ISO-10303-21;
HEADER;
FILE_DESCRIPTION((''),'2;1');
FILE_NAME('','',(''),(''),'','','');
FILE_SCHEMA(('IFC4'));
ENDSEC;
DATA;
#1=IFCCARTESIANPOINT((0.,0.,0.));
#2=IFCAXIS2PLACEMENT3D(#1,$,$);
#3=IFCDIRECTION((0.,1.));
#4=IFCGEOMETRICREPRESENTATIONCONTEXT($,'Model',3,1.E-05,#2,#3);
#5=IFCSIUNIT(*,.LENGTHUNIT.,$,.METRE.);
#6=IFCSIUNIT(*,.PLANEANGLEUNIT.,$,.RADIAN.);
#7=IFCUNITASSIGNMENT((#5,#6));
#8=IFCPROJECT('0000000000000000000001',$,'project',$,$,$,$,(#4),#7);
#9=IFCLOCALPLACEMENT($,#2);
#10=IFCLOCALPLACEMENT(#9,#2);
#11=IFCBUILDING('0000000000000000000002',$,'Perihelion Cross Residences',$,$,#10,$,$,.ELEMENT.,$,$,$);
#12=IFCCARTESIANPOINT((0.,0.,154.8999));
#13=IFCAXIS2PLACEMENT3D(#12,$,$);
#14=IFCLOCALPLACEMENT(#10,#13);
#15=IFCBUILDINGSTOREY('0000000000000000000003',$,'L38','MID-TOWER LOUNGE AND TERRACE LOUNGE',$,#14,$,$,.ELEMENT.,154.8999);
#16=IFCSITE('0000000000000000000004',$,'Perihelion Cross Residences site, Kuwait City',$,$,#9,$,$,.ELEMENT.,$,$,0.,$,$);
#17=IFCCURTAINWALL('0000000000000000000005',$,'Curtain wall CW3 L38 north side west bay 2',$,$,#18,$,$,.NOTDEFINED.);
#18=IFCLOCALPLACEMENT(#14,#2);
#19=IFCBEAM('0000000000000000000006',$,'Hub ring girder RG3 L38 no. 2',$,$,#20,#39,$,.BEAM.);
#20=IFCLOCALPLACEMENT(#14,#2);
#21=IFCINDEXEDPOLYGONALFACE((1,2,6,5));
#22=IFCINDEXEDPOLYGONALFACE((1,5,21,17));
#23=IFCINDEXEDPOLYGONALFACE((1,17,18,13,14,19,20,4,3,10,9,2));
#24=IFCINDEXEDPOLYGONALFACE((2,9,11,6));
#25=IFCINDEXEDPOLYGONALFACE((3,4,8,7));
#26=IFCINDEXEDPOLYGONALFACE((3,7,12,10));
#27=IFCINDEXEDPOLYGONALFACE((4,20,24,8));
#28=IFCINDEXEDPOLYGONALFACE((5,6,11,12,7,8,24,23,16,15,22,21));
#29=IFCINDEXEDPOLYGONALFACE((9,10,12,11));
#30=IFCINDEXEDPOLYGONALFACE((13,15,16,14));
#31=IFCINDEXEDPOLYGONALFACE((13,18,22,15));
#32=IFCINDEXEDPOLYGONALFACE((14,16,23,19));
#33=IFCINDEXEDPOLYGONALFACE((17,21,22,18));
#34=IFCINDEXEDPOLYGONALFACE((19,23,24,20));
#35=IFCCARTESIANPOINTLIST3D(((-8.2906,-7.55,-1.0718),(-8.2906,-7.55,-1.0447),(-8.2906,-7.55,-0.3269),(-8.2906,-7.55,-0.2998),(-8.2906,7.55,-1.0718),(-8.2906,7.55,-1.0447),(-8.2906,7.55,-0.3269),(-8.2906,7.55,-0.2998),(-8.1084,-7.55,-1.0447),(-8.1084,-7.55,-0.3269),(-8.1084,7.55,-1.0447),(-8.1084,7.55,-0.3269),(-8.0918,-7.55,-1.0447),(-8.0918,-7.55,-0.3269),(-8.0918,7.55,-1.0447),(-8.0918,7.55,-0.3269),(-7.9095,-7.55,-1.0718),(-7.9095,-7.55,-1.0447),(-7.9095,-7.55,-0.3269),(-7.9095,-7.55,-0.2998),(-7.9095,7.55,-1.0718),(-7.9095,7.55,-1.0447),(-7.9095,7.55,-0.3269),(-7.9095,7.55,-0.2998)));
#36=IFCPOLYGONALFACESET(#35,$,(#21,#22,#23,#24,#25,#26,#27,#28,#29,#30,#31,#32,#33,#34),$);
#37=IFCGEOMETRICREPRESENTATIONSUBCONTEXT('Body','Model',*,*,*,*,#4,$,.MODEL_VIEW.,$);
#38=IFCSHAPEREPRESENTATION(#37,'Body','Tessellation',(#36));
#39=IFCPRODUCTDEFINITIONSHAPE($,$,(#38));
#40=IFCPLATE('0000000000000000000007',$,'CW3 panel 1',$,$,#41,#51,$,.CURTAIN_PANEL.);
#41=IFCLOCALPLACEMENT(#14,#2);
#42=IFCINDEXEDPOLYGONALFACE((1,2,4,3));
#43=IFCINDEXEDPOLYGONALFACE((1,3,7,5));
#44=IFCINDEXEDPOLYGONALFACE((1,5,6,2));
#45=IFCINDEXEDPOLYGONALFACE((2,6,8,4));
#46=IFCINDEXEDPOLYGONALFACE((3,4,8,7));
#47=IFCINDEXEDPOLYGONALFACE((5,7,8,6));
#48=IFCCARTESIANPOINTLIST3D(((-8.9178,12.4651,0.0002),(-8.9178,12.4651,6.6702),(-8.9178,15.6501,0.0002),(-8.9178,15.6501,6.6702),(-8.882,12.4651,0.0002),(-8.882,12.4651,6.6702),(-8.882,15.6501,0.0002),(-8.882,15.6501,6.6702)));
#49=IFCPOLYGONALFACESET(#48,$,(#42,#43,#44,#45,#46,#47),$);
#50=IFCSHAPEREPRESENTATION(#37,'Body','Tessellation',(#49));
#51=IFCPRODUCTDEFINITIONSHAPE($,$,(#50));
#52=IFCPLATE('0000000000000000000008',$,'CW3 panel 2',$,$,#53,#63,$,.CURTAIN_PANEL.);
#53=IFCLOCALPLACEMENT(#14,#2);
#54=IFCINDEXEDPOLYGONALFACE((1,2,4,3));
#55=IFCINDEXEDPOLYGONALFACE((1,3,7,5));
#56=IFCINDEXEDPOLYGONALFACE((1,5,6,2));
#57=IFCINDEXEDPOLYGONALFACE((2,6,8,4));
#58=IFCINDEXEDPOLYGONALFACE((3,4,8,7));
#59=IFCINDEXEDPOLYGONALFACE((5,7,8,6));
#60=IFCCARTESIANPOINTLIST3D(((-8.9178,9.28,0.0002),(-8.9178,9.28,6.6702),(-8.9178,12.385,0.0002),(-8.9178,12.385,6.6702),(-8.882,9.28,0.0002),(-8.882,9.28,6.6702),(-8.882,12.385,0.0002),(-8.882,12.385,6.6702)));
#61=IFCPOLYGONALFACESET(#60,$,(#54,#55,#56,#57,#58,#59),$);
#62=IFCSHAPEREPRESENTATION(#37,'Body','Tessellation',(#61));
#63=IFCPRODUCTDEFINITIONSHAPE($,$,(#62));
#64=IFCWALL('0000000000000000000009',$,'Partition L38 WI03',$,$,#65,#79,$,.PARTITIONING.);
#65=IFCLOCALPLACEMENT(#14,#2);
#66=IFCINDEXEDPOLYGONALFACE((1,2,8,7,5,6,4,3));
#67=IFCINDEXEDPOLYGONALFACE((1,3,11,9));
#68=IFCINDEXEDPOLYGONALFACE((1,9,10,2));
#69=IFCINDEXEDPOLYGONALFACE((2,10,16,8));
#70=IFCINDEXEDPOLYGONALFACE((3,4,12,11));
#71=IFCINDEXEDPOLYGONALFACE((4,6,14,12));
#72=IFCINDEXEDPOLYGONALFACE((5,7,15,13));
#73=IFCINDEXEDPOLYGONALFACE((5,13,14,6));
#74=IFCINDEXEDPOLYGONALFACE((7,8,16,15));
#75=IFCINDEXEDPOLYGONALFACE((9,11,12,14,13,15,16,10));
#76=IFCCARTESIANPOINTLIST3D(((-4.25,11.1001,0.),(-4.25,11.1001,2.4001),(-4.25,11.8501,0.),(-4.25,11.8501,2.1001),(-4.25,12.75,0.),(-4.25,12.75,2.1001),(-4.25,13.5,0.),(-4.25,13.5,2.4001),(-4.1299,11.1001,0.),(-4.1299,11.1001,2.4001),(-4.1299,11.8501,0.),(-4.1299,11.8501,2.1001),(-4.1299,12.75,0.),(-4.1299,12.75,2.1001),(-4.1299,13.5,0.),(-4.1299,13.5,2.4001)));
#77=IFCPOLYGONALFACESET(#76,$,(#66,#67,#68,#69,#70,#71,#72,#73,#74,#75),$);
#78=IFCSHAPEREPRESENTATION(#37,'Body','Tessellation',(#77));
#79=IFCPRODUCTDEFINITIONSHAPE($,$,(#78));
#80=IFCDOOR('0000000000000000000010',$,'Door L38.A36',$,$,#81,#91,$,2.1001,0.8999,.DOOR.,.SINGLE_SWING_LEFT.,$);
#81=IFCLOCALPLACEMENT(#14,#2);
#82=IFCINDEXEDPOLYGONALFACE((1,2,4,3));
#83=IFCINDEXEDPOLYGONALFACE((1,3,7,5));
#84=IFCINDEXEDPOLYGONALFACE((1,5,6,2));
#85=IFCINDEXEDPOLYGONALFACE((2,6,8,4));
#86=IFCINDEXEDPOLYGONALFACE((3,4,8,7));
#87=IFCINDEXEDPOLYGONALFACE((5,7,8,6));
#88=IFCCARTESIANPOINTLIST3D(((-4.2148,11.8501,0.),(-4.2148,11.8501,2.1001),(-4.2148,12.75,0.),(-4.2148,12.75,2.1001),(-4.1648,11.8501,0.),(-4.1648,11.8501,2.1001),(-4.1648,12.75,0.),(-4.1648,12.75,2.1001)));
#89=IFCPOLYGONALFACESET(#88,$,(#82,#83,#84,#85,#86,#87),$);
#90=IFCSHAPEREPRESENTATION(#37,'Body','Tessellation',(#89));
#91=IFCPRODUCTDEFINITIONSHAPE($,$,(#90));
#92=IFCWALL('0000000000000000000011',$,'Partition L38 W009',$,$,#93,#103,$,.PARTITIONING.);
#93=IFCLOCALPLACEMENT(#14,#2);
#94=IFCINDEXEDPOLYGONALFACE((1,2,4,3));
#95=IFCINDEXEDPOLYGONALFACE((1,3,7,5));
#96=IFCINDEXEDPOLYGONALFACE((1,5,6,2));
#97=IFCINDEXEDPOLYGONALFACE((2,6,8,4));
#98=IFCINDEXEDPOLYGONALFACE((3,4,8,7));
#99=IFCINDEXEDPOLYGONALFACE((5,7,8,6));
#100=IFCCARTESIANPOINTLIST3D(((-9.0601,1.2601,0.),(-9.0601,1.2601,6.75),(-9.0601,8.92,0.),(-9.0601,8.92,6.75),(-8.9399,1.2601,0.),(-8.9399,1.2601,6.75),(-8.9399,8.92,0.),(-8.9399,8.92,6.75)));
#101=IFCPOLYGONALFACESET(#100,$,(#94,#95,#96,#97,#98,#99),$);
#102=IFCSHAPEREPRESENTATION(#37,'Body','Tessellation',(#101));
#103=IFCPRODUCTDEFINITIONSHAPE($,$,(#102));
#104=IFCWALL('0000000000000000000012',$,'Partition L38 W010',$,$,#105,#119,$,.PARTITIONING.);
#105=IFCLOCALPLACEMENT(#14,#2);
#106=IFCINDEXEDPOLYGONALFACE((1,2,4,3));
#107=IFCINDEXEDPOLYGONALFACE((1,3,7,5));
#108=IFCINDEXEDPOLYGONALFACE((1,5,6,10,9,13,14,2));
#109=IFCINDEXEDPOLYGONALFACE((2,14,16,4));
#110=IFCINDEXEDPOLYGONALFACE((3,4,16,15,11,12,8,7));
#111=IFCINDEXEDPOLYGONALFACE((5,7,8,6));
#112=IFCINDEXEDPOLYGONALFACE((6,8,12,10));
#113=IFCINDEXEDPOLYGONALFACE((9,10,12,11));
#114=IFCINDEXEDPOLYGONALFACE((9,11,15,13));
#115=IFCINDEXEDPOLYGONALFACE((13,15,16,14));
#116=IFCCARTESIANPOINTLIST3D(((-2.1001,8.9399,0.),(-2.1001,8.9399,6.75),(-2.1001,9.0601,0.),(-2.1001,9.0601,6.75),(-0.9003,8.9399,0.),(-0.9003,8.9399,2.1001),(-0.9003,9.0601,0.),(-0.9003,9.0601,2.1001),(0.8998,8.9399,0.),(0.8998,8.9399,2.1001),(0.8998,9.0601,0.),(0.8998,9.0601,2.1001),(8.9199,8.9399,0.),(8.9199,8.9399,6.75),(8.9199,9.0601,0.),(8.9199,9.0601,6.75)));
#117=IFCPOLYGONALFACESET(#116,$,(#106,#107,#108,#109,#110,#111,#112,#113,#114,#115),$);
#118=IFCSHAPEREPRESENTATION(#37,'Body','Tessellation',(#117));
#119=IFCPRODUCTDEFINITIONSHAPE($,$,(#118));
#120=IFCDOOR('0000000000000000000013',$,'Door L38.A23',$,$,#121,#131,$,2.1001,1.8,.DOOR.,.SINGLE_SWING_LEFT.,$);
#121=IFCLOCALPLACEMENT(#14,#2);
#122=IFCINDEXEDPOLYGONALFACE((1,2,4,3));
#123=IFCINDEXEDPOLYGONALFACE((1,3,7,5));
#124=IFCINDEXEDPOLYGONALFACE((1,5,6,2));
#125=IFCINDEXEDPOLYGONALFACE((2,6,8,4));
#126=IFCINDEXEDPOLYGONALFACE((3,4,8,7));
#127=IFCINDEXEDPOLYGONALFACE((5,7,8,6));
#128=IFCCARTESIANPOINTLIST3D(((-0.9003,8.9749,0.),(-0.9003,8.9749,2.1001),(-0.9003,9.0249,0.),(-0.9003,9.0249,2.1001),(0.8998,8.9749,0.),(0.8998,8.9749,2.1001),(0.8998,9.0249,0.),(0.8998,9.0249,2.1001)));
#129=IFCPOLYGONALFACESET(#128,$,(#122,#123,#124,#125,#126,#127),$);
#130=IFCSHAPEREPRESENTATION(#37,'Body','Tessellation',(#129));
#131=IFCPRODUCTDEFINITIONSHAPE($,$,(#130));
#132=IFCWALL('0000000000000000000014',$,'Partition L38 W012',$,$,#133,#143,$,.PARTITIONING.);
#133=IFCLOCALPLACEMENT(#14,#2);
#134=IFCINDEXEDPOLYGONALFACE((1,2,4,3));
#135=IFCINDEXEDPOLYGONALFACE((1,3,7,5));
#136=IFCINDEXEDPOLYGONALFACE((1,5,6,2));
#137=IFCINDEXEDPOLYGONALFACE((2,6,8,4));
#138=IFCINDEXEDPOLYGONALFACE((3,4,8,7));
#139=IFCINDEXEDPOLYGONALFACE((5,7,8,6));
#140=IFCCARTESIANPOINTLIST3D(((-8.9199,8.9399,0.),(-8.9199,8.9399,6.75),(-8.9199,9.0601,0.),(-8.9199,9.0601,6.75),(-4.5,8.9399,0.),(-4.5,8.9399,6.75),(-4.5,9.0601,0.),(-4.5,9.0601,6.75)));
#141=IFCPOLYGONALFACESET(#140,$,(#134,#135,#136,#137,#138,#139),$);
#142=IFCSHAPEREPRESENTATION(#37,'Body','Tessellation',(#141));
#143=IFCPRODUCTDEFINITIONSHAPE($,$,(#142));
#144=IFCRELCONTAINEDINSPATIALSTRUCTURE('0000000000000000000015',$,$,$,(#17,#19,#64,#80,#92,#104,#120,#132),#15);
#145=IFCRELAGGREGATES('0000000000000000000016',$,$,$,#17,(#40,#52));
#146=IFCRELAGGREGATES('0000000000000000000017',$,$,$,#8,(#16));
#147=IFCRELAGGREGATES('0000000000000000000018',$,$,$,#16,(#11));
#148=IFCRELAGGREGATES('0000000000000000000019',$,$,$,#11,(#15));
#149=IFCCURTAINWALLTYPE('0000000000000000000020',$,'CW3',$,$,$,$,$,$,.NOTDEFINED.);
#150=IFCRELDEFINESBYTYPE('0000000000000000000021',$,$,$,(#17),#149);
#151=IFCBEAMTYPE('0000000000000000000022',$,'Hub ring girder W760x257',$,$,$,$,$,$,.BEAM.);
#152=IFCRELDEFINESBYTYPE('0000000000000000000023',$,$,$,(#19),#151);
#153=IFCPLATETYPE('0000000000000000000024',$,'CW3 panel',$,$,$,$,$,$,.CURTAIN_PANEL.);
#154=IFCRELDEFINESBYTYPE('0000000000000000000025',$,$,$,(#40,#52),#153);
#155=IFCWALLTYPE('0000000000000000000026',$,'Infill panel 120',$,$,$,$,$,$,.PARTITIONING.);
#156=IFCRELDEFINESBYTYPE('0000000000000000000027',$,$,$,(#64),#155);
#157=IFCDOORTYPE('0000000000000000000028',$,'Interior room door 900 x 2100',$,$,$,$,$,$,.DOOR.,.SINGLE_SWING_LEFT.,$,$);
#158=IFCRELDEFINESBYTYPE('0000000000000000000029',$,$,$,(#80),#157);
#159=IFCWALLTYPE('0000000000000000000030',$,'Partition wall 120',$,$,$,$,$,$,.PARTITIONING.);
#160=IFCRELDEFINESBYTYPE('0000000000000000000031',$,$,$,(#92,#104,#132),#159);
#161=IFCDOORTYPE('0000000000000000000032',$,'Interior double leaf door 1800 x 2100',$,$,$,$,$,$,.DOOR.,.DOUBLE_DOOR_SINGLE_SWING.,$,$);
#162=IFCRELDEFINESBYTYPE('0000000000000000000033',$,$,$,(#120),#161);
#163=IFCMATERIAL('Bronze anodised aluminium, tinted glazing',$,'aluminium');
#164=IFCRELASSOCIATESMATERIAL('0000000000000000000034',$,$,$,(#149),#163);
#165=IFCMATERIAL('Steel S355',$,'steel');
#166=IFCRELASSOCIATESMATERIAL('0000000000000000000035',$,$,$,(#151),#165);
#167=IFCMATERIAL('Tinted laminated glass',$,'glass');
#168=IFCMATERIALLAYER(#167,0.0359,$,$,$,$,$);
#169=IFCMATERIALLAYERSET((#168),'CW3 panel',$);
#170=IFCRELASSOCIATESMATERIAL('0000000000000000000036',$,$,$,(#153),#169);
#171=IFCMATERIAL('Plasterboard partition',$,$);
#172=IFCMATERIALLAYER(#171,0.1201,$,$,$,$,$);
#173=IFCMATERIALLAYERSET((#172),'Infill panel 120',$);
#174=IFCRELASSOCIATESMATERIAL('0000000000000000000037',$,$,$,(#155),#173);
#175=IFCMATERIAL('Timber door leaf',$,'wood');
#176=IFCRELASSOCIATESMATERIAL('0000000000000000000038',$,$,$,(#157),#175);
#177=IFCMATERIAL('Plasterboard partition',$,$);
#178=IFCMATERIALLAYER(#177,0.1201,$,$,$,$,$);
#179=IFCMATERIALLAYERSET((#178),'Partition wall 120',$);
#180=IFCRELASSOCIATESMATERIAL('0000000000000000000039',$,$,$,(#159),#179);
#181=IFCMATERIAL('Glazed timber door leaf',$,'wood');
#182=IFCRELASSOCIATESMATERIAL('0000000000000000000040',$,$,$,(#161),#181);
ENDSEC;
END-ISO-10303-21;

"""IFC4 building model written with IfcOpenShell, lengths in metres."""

from ifc_helpers import new_model, si_unit, direction, frame, frame_2d, origin, origin_2d, place, context, subcontext, project, spatial, rectangle, i_section, extrude, material, layer, layer_set, material_profile, profile_set, type_object, element, fill, aggregate, save


model = new_model("IFC4")

# Units and contexts
model_context = context("Model", 3, precision=1e-05, world=origin(), true_north=direction((0.0, 1.0)))
body_context = subcontext(model_context, "Body", "Model", "MODEL_VIEW")
ifc_project = project(units=[si_unit("LENGTHUNIT", "METRE"), si_unit("PLANEANGLEUNIT", "RADIAN")], contexts=[model_context])

# Site, building, storey
site_placement = place(None, origin())
site = spatial("IfcSite", under=ifc_project, at=site_placement, Name="Perihelion Cross Residences site, Kuwait City", CompositionType="ELEMENT", RefElevation=0.0)
building_placement = place(site_placement, origin())
building = spatial("IfcBuilding", under=site, at=building_placement, Name="Perihelion Cross Residences", CompositionType="ELEMENT")
storey_placement = place(building_placement, frame((0.0, 0.0, 154.8999)))
storey = spatial("IfcBuildingStorey", under=building, at=storey_placement, Name="L38", Description="MID-TOWER LOUNGE AND TERRACE LOUNGE", CompositionType="ELEMENT", Elevation=154.8999)

# Curtain wall
ifc_material_1 = material(Name="Bronze anodised aluminium, tinted glazing", Category="aluminium")
curtain_wall_type = type_object("IfcCurtainWallType", Name="CW3", PredefinedType="NOTDEFINED", material=ifc_material_1)
curtain_wall_1_placement = place(storey_placement, origin())
curtain_wall_1 = element("IfcCurtainWall", 1, at=curtain_wall_1_placement, inside=storey, type_object=curtain_wall_type, Name="Curtain wall CW3 L38 north side west bay 2", PredefinedType="NOTDEFINED")

# Beam
ifc_material_2 = material(Name="Steel S355", Category="steel")
ifc_material_profile_1 = material_profile(ifc_material_2, i_section(OverallWidth=0.3811, OverallDepth=0.772, WebThickness=0.0166, FlangeThickness=0.0271, at=origin_2d()), Name="W760x257")
ifc_profile_set_1 = profile_set([ifc_material_profile_1], Name="Steel S355")
beam_type_1 = type_object("IfcBeamType", Name="Hub ring girder W760x257", PredefinedType="BEAM", material=ifc_profile_set_1)
beam_1_placement = place(storey_placement, frame((-8.1001, 7.55, -0.6858), z_axis=(0.0, -1.0, 0.0), x_axis=(1.0, 0.0, 0.0)))
element("IfcBeam", 2, at=beam_1_placement, inside=storey, type_object=beam_type_1, Name="Hub ring girder RG3 L38 no. 2", PredefinedType="BEAM", context=body_context, shape_type="SweptSolid", body=[
    extrude(i_section(OverallWidth=0.3811, OverallDepth=0.772, WebThickness=0.0166, FlangeThickness=0.0271, at=origin_2d()), origin(), (0.0, 0.0, 1.0), 15.1001),
])

# Plates
ifc_material_3 = material(Name="Tinted laminated glass", Category="glass")
ifc_layer_1 = layer(ifc_material_3, 0.0359)
ifc_layer_set_1 = layer_set([ifc_layer_1], Name="CW3 panel")
plate_type = type_object("IfcPlateType", Name="CW3 panel", PredefinedType="CURTAIN_PANEL", material=ifc_layer_set_1)
plate_1_placement = place(storey_placement, frame((-8.8999, 14.0576, 0.0002), z_axis=(0.0, 0.0, 1.0), x_axis=(0.0, -1.0, 0.0)))
plate_1 = element("IfcPlate", 3, at=plate_1_placement, type_object=plate_type, Name="CW3 panel 1", PredefinedType="CURTAIN_PANEL", context=body_context, shape_type="SweptSolid", body=[
    extrude(rectangle(XDim=3.1851, YDim=0.0359, at=origin_2d()), origin(), (0.0, 0.0, 1.0), 6.6699),
])
plate_2_placement = place(storey_placement, frame((-8.8999, 10.8325, 0.0002), z_axis=(0.0, 0.0, 1.0), x_axis=(0.0, -1.0, 0.0)))
plate_2 = element("IfcPlate", 4, at=plate_2_placement, type_object=plate_type, Name="CW3 panel 2", PredefinedType="CURTAIN_PANEL", context=body_context, shape_type="SweptSolid", body=[
    extrude(rectangle(XDim=3.105, YDim=0.0359, at=origin_2d()), origin(), (0.0, 0.0, 1.0), 6.6699),
])
aggregate(curtain_wall_1, [plate_1, plate_2])

# Wall, opening, door
ifc_material_4 = material(Name="Plasterboard partition")
ifc_layer_2 = layer(ifc_material_4, 0.1201)
ifc_layer_set_2 = layer_set([ifc_layer_2], Name="Infill panel 120")
wall_type_1 = type_object("IfcWallType", Name="Infill panel 120", PredefinedType="PARTITIONING", material=ifc_layer_set_2)
wall_1_placement = place(storey_placement, frame((-4.1899, 11.1001, 0.0), z_axis=(0.0, 0.0, 1.0), x_axis=(0.0, 1.0, 0.0)))
wall_1 = element("IfcWall", 5, at=wall_1_placement, inside=storey, type_object=wall_type_1, Name="Partition L38 WI03", PredefinedType="PARTITIONING", context=body_context, shape_type="SweptSolid", body=[
    extrude(rectangle(XDim=2.3999, YDim=0.1201, at=frame_2d((1.2, 0.0))), origin(), (0.0, 0.0, 1.0), 2.4001),
])
opening_1_placement = place(wall_1_placement, frame((0.75, 0.0, 0.0)))
opening_1 = element("IfcOpeningElement", 6, at=opening_1_placement, cuts=wall_1, PredefinedType="OPENING", context=body_context, shape_type="SweptSolid", body=[
    extrude(rectangle(XDim=0.8999, YDim=2.1001, at=frame_2d((0.45, 1.05))), frame((0.0, 0.0701, 0.0), z_axis=(0.0, -1.0, 0.0), x_axis=(1.0, 0.0, 0.0)), (0.0, 0.0, 1.0), 0.1401),
])
ifc_material_5 = material(Name="Timber door leaf", Category="wood")
door_type_1 = type_object("IfcDoorType", Name="Interior room door 900 x 2100", OperationType="SINGLE_SWING_LEFT", PredefinedType="DOOR", material=ifc_material_5)
door_1_placement = place(opening_1_placement, origin())
door_1 = element("IfcDoor", 7, at=door_1_placement, inside=storey, type_object=door_type_1, Name="Door L38.A36", OperationType="SINGLE_SWING_LEFT", OverallHeight=2.1001, OverallWidth=0.8999, PredefinedType="DOOR", context=body_context, shape_type="SweptSolid", body=[
    extrude(rectangle(XDim=0.8999, YDim=2.1001, at=frame_2d((0.45, 1.05))), frame((0.0, 0.0249, 0.0), z_axis=(0.0, -1.0, 0.0), x_axis=(1.0, 0.0, 0.0)), (0.0, 0.0, 1.0), 0.05),
])
fill(opening_1, door_1)

# Wall
ifc_material_6 = material(Name="Plasterboard partition")
ifc_layer_3 = layer(ifc_material_6, 0.1201)
ifc_layer_set_3 = layer_set([ifc_layer_3], Name="Partition wall 120")
wall_type_2 = type_object("IfcWallType", Name="Partition wall 120", PredefinedType="PARTITIONING", material=ifc_layer_set_3)
wall_2_placement = place(storey_placement, frame((-9.0, 1.26, 0.0), z_axis=(0.0, 0.0, 1.0), x_axis=(0.0, 1.0, 0.0)))
element("IfcWall", 8, at=wall_2_placement, inside=storey, type_object=wall_type_2, Name="Partition L38 W009", PredefinedType="PARTITIONING", context=body_context, shape_type="SweptSolid", body=[
    extrude(rectangle(XDim=7.6599, YDim=0.1201, at=frame_2d((3.8301, 0.0))), origin(), (0.0, 0.0, 1.0), 6.75),
])

# Wall, opening, door
wall_3_placement = place(storey_placement, frame((-2.1001, 9.0, 0.0), z_axis=(0.0, 0.0, 1.0), x_axis=(1.0, 0.0, 0.0)))
wall_3 = element("IfcWall", 9, at=wall_3_placement, inside=storey, type_object=wall_type_2, Name="Partition L38 W010", PredefinedType="PARTITIONING", context=body_context, shape_type="SweptSolid", body=[
    extrude(rectangle(XDim=11.02, YDim=0.1201, at=frame_2d((5.51, 0.0))), origin(), (0.0, 0.0, 1.0), 6.75),
])
opening_2_placement = place(wall_3_placement, frame((1.2, 0.0, 0.0)))
opening_2 = element("IfcOpeningElement", 10, at=opening_2_placement, cuts=wall_3, PredefinedType="OPENING", context=body_context, shape_type="SweptSolid", body=[
    extrude(rectangle(XDim=1.8, YDim=2.1001, at=frame_2d((0.8999, 1.05))), frame((0.0, 0.0701, 0.0), z_axis=(0.0, -1.0, 0.0), x_axis=(1.0, 0.0, 0.0)), (0.0, 0.0, 1.0), 0.1401),
])
ifc_material_7 = material(Name="Glazed timber door leaf", Category="wood")
door_type_2 = type_object("IfcDoorType", Name="Interior double leaf door 1800 x 2100", OperationType="DOUBLE_DOOR_SINGLE_SWING", PredefinedType="DOOR", material=ifc_material_7)
door_2_placement = place(opening_2_placement, origin())
door_2 = element("IfcDoor", 11, at=door_2_placement, inside=storey, type_object=door_type_2, Name="Door L38.A23", OperationType="SINGLE_SWING_LEFT", OverallHeight=2.1001, OverallWidth=1.8, PredefinedType="DOOR", context=body_context, shape_type="SweptSolid", body=[
    extrude(rectangle(XDim=1.8, YDim=2.1001, at=frame_2d((0.8999, 1.05))), frame((0.0, 0.0249, 0.0), z_axis=(0.0, -1.0, 0.0), x_axis=(1.0, 0.0, 0.0)), (0.0, 0.0, 1.0), 0.05),
])
fill(opening_2, door_2)

# Wall
wall_4_placement = place(storey_placement, frame((-8.9199, 9.0, 0.0), z_axis=(0.0, 0.0, 1.0), x_axis=(1.0, 0.0, 0.0)))
element("IfcWall", 12, at=wall_4_placement, inside=storey, type_object=wall_type_2, Name="Partition L38 W012", PredefinedType="PARTITIONING", context=body_context, shape_type="SweptSolid", body=[
    extrude(rectangle(XDim=4.4199, YDim=0.1201, at=frame_2d((2.21, 0.0))), origin(), (0.0, 0.0, 1.0), 6.75),
])

save(model, "model.ifc")
